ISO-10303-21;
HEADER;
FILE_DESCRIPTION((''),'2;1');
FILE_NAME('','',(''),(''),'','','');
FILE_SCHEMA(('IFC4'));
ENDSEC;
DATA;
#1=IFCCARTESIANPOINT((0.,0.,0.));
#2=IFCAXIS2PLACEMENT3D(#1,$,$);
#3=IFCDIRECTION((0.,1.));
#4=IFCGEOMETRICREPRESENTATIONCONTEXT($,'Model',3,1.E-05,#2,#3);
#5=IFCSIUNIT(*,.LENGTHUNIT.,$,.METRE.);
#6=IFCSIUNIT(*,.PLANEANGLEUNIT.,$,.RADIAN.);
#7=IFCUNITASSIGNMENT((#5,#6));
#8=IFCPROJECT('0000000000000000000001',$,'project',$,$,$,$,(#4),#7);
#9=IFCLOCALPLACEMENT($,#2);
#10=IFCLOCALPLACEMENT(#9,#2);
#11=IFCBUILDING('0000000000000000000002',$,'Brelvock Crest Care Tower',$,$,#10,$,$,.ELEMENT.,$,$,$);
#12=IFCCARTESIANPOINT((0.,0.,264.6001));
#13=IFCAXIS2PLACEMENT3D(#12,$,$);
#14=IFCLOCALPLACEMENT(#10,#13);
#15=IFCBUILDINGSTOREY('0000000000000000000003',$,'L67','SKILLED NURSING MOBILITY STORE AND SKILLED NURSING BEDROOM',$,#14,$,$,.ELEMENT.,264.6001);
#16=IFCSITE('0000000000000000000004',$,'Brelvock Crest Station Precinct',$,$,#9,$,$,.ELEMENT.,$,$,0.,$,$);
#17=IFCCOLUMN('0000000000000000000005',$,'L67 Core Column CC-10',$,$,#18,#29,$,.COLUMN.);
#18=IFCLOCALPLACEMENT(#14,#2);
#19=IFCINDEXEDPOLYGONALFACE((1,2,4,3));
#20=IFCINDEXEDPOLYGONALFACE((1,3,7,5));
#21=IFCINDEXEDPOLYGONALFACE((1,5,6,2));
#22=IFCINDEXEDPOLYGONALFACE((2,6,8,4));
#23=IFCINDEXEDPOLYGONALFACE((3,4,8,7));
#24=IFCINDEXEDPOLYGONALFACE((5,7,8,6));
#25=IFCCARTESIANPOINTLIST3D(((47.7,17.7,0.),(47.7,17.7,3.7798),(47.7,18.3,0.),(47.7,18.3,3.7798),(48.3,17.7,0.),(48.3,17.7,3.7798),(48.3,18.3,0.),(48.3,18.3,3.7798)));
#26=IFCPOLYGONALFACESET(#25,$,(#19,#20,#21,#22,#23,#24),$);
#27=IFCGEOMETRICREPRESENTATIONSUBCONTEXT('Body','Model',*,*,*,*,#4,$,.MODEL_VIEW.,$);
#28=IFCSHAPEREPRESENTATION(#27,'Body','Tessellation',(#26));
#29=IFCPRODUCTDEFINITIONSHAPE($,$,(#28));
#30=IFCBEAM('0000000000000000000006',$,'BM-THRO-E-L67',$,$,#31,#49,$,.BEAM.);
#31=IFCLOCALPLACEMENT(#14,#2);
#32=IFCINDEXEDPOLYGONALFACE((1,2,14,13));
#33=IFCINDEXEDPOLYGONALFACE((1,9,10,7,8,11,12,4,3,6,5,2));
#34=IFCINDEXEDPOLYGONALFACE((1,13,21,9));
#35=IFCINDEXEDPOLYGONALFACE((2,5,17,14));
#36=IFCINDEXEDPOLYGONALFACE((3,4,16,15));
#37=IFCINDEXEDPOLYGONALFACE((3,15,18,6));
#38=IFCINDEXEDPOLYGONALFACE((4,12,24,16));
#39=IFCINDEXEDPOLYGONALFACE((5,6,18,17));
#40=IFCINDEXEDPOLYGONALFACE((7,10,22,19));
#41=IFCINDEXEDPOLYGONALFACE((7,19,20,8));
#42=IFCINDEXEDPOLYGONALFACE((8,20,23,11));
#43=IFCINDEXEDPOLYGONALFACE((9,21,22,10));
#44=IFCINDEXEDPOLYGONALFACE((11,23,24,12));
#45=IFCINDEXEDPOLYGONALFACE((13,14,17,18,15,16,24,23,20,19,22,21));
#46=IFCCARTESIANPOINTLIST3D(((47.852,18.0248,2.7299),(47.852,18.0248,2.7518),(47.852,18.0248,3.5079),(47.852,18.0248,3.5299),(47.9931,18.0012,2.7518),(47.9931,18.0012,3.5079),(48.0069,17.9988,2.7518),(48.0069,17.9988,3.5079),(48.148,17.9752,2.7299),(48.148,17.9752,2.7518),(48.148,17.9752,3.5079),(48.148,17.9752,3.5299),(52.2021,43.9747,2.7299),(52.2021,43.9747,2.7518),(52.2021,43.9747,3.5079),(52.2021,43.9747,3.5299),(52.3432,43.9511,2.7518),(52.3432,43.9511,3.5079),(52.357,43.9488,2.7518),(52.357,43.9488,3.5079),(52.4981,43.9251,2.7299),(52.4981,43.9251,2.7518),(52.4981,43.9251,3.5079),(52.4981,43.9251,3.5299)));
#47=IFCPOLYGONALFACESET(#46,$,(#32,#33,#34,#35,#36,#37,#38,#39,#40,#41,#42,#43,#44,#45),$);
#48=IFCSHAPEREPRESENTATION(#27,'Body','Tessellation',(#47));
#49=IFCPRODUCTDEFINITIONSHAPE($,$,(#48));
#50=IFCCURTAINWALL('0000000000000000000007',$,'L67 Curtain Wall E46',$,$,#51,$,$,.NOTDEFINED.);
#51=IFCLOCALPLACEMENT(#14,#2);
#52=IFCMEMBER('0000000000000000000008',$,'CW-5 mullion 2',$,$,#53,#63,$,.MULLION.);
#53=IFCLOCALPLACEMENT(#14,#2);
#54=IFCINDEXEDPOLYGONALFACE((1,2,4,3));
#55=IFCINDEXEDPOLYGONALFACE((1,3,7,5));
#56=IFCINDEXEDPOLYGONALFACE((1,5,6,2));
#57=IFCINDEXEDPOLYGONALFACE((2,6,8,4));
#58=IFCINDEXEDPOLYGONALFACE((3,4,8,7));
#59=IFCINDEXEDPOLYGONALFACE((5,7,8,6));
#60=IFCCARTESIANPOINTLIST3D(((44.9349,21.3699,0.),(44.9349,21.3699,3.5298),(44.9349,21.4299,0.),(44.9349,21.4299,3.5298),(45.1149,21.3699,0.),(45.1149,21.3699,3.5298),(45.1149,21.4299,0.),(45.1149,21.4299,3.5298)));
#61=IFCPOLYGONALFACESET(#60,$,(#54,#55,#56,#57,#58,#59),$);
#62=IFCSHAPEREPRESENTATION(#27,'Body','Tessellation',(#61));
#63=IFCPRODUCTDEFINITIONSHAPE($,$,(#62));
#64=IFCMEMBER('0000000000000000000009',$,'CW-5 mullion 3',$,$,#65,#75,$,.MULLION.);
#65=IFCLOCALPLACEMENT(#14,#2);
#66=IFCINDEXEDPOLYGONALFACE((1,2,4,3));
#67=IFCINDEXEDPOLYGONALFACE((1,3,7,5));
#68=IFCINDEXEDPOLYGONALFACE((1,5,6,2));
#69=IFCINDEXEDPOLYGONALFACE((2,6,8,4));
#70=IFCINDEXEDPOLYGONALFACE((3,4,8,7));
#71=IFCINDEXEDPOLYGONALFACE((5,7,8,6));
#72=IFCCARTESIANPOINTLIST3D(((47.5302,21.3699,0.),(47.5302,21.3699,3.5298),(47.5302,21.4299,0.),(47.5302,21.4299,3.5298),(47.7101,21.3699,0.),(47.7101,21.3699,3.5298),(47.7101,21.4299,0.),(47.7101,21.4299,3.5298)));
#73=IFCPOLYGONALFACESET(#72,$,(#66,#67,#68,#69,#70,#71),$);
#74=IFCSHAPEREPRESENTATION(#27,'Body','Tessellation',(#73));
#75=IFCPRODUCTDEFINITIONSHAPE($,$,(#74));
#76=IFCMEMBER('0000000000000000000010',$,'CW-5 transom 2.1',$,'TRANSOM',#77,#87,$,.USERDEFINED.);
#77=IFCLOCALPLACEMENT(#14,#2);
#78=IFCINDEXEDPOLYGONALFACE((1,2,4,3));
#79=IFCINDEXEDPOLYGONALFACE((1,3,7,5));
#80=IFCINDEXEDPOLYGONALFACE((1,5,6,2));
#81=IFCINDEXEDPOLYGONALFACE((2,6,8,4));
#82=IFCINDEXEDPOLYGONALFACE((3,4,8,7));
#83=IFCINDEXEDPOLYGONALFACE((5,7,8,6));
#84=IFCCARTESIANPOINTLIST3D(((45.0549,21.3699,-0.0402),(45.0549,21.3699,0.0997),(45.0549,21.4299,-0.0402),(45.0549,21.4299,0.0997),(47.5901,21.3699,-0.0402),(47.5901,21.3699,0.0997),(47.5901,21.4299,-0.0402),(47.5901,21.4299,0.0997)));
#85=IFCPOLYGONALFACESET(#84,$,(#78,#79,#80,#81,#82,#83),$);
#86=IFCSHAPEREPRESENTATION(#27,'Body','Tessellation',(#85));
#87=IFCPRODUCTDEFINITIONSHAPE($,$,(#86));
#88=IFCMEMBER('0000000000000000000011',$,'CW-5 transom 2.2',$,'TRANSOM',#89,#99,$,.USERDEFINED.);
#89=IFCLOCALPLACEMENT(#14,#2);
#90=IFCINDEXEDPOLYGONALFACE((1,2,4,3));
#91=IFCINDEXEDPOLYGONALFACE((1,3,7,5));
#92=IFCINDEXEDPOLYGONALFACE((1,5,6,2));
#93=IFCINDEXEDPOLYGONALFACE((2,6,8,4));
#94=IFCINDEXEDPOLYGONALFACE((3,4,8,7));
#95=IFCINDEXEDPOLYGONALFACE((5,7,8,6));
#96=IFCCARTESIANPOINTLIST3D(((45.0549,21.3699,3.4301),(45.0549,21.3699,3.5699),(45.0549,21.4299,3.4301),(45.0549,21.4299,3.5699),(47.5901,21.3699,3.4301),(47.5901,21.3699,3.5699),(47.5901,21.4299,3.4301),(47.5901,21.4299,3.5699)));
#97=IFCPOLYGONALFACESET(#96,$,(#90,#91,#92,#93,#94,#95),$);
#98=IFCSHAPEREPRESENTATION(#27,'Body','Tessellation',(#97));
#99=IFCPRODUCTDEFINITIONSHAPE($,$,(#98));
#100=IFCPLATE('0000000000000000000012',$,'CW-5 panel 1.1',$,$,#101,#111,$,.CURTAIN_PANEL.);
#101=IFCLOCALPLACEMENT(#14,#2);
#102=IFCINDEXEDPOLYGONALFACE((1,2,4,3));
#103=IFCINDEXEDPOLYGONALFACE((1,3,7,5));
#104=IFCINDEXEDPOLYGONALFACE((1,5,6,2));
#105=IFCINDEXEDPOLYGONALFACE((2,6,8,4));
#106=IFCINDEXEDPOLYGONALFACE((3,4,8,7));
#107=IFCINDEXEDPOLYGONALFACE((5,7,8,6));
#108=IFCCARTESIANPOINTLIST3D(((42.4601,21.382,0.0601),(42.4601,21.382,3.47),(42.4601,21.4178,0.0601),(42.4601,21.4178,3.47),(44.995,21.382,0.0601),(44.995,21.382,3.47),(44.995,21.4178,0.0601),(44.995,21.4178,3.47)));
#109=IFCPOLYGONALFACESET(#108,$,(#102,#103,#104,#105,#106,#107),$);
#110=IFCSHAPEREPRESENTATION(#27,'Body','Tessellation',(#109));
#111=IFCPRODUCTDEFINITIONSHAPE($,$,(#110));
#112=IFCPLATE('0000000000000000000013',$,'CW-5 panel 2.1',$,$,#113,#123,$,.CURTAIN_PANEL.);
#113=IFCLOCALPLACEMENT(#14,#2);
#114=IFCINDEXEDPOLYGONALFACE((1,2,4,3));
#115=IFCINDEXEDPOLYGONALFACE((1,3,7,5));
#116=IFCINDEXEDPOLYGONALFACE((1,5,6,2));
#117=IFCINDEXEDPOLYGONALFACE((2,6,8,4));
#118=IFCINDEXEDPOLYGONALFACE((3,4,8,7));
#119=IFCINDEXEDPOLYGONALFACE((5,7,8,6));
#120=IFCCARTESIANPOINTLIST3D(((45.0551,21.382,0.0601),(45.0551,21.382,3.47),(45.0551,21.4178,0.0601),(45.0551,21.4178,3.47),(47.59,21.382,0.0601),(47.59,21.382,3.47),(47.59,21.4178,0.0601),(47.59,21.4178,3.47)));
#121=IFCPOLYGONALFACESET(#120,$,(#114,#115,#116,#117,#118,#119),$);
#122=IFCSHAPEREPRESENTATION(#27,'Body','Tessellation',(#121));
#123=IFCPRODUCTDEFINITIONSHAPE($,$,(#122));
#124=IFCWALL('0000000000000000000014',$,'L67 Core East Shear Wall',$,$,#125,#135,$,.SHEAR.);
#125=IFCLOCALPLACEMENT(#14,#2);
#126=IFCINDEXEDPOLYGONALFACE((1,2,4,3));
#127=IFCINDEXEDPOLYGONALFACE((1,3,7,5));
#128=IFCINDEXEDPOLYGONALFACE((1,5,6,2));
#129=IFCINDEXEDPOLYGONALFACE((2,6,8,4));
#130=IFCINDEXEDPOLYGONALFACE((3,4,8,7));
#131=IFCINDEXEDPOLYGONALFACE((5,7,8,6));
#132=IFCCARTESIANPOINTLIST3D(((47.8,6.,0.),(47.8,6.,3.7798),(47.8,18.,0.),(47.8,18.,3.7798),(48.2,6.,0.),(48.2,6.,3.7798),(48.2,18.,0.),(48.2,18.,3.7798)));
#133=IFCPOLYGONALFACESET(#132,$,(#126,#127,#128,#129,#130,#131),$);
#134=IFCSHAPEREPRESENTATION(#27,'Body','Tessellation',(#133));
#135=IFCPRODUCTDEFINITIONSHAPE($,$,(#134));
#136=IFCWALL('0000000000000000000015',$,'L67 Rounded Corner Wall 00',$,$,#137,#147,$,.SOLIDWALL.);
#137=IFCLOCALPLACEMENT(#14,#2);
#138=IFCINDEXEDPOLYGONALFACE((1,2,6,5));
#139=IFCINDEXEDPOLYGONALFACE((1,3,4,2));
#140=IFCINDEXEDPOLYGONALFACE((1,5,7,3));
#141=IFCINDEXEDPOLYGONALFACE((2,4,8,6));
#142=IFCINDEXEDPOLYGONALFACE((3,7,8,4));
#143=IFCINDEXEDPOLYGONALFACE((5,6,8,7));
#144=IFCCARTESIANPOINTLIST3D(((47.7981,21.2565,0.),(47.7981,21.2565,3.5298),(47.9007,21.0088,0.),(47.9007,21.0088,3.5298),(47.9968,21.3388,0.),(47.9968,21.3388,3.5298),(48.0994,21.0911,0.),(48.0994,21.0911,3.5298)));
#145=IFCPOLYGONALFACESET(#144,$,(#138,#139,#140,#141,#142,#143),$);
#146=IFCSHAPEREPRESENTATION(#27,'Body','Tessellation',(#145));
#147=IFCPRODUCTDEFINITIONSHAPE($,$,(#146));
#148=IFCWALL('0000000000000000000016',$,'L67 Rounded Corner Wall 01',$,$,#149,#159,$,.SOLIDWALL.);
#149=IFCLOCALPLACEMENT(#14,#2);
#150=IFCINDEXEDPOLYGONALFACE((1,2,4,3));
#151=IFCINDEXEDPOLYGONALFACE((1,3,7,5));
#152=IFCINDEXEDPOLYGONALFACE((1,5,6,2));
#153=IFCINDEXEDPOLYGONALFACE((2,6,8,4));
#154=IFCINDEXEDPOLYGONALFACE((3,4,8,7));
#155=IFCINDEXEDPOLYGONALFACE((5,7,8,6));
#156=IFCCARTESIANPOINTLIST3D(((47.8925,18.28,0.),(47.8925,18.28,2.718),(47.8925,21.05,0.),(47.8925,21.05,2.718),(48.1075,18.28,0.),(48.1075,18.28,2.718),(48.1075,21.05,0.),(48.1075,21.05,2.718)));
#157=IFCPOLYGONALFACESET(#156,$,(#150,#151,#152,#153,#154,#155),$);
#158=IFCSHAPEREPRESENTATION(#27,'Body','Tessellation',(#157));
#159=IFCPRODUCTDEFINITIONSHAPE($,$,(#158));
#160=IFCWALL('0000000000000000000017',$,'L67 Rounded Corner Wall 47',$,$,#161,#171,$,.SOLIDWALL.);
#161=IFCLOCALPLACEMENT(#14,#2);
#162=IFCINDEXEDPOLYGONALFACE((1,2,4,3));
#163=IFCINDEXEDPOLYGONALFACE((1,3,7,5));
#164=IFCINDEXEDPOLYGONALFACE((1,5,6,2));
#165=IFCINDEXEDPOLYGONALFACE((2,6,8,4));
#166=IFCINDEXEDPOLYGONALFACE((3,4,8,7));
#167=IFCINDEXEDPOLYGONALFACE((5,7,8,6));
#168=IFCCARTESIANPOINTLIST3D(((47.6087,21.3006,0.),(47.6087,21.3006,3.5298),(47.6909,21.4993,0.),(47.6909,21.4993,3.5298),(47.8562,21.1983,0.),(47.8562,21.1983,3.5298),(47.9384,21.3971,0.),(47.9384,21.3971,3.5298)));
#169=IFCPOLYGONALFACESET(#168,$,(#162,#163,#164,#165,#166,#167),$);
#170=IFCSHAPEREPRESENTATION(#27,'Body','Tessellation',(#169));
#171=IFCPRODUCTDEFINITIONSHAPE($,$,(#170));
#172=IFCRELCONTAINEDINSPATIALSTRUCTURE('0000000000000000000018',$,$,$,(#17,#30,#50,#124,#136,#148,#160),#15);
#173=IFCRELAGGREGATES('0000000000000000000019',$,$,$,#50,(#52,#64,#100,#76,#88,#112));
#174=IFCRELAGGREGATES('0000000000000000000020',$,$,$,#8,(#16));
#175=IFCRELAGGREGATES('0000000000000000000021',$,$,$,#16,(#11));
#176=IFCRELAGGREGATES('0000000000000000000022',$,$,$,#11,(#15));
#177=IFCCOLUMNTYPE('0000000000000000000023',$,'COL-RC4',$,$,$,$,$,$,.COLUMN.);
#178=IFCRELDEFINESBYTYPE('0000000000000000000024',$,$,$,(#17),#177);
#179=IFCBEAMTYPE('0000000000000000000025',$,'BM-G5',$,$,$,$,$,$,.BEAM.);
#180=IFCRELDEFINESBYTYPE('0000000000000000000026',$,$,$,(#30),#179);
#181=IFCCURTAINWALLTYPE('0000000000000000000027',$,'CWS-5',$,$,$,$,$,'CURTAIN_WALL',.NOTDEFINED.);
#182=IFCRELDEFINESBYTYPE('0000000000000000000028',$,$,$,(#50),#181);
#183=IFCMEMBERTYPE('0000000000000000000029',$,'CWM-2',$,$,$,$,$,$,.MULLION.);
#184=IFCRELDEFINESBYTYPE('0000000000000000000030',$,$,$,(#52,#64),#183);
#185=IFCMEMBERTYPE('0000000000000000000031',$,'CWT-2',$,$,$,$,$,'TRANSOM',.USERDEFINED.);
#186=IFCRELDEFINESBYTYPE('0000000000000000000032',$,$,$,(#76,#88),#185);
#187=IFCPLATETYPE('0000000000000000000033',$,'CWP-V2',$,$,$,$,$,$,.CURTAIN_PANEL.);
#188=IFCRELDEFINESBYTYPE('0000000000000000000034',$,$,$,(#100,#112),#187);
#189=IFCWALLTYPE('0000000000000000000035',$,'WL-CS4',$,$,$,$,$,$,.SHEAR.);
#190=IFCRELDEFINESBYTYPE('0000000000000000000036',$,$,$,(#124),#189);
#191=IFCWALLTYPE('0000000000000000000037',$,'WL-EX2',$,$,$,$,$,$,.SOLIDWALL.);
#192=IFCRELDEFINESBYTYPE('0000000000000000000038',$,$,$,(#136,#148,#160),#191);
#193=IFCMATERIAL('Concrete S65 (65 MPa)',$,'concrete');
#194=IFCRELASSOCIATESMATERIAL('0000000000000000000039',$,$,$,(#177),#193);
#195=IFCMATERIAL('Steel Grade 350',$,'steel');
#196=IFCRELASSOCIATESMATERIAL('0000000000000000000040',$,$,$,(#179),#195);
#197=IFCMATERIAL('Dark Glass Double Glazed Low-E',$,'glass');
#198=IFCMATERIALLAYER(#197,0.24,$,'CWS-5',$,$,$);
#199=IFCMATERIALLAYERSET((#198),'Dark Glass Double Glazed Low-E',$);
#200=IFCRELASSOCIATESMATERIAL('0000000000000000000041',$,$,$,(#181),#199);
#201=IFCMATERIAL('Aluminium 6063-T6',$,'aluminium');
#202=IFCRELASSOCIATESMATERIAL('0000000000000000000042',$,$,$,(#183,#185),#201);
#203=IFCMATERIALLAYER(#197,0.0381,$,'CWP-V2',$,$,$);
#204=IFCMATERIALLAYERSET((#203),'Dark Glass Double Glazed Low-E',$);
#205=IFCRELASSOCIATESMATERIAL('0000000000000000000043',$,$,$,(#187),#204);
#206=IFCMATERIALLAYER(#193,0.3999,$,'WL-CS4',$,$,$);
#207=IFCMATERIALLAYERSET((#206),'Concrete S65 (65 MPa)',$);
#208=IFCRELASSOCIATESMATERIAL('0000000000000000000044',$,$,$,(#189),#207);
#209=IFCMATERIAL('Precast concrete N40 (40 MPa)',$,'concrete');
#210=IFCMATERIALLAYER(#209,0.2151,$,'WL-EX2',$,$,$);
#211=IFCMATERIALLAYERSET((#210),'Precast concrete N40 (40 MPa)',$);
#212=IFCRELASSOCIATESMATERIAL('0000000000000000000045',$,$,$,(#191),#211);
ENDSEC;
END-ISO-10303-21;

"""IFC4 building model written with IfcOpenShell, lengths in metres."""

from ifc_helpers import new_model, si_unit, direction, frame, frame_2d, origin, origin_2d, place, context, subcontext, project, spatial, rectangle, i_section, extrude, source, transform, mapped, material, layer, layer_set, material_profile, profile_set, type_object, element, aggregate, save


model = new_model("IFC4")

# Units and contexts
model_context = context("Model", 3, precision=1e-05, world=origin(), true_north=direction((0.0, 1.0)))
body_context = subcontext(model_context, "Body", "Model", "MODEL_VIEW")
ifc_project = project(units=[si_unit("LENGTHUNIT", "METRE"), si_unit("PLANEANGLEUNIT", "RADIAN")], contexts=[model_context])

# Site, building, storey
site_placement = place(None, origin())
site = spatial("IfcSite", under=ifc_project, at=site_placement, Name="Brelvock Crest Station Precinct", CompositionType="ELEMENT", RefElevation=0.0)
building_placement = place(site_placement, origin())
building = spatial("IfcBuilding", under=site, at=building_placement, Name="Brelvock Crest Care Tower", CompositionType="ELEMENT")
storey_placement = place(building_placement, frame((0.0, 0.0, 264.6001)))
storey = spatial("IfcBuildingStorey", under=building, at=storey_placement, Name="L67", Description="SKILLED NURSING MOBILITY STORE AND SKILLED NURSING BEDROOM", CompositionType="ELEMENT", Elevation=264.6001)

# Column
ifc_material_1 = material(Name="Concrete S65 (65 MPa)", Category="concrete")
ifc_material_profile_1 = material_profile(ifc_material_1, rectangle(XDim=0.6001, YDim=0.6001, at=origin_2d()), Name="RC600x600")
ifc_profile_set_1 = profile_set([ifc_material_profile_1], Name="Concrete S65 (65 MPa)")
column_type = type_object("IfcColumnType", Name="COL-RC4", PredefinedType="COLUMN", material=ifc_profile_set_1)
shared_shape_1 = source(origin(), body_context, "Body", "SweptSolid", [
    extrude(rectangle(XDim=0.6001, YDim=0.6001, at=origin_2d()), origin(), (0.0, 0.0, 1.0), 3.7798),
])
column_placement = place(storey_placement, frame((48.0, 18.0, 0.0), z_axis=(0.0, 0.0, 1.0), x_axis=(1.0, 0.0, 0.0)))
element("IfcColumn", 1, at=column_placement, inside=storey, type_object=column_type, Name="L67 Core Column CC-10", PredefinedType="COLUMN", context=body_context, shape_type="MappedRepresentation", body=[
    mapped(shared_shape_1, transform((0.0, 0.0, 0.0), x_axis=(1.0, 0.0, 0.0), y_axis=(0.0, 1.0, 0.0), z_axis=(0.0, 0.0, 1.0), scale=1.0)),
])

# Beam
ifc_material_2 = material(Name="Steel Grade 350", Category="steel")
ifc_material_profile_2 = material_profile(ifc_material_2, i_section(OverallWidth=0.3, OverallDepth=0.8, WebThickness=0.0139, FlangeThickness=0.022, at=origin_2d()), Name="800WB192")
ifc_profile_set_2 = profile_set([ifc_material_profile_2], Name="Steel Grade 350")
beam_type = type_object("IfcBeamType", Name="BM-G5", PredefinedType="BEAM", material=ifc_profile_set_2)
shared_shape_2 = source(origin(), body_context, "Body", "SweptSolid", [
    extrude(i_section(OverallWidth=0.3, OverallDepth=0.8, WebThickness=0.0139, FlangeThickness=0.022, at=origin_2d()), origin(), (0.0, 0.0, 1.0), 26.312),
])
beam_placement = place(storey_placement, frame((48.0, 18.0, 3.1299), z_axis=(0.165327, 0.986239, 0.0), x_axis=(-0.986239, 0.165327, 0.0)))
element("IfcBeam", 2, at=beam_placement, inside=storey, type_object=beam_type, Name="BM-THRO-E-L67", PredefinedType="BEAM", context=body_context, shape_type="MappedRepresentation", body=[
    mapped(shared_shape_2, transform((0.0, 0.0, 0.0), x_axis=(1.0, 0.0, 0.0), y_axis=(0.0, 1.0, 0.0), z_axis=(0.0, 0.0, 1.0), scale=1.0)),
])

# Curtain wall, members, plates
ifc_material_3 = material(Name="Dark Glass Double Glazed Low-E", Category="glass")
ifc_layer_1 = layer(ifc_material_3, 0.24, Name="CWS-5")
ifc_layer_set_1 = layer_set([ifc_layer_1], Name="Dark Glass Double Glazed Low-E")
curtain_wall_type = type_object("IfcCurtainWallType", Name="CWS-5", ElementType="CURTAIN_WALL", PredefinedType="NOTDEFINED", material=ifc_layer_set_1)
curtain_wall_placement = place(storey_placement, origin())
curtain_wall = element("IfcCurtainWall", 3, at=curtain_wall_placement, inside=storey, type_object=curtain_wall_type, Name="L67 Curtain Wall E46", PredefinedType="NOTDEFINED")
ifc_material_4 = material(Name="Aluminium 6063-T6", Category="aluminium")
ifc_material_profile_3 = material_profile(ifc_material_4, rectangle(XDim=0.0601, YDim=0.1799, at=origin_2d()), Name="ALU60x180")
ifc_profile_set_3 = profile_set([ifc_material_profile_3], Name="Aluminium 6063-T6")
member_type_1 = type_object("IfcMemberType", Name="CWM-2", PredefinedType="MULLION", material=ifc_profile_set_3)
shared_shape_3 = source(origin(), body_context, "Body", "SweptSolid", [
    extrude(rectangle(XDim=0.0601, YDim=0.1799, at=origin_2d()), origin(), (0.0, 0.0, 1.0), 3.5298),
])
member_1_placement = place(storey_placement, frame((45.0249, 21.3999, 0.0), z_axis=(0.0, 0.0, 1.0), x_axis=(0.0, 1.0, 0.0)))
member_1 = element("IfcMember", 4, at=member_1_placement, type_object=member_type_1, Name="CW-5 mullion 2", PredefinedType="MULLION", context=body_context, shape_type="MappedRepresentation", body=[
    mapped(shared_shape_3, transform((0.0, 0.0, 0.0), x_axis=(1.0, 0.0, 0.0), y_axis=(0.0, 1.0, 0.0), z_axis=(0.0, 0.0, 1.0), scale=1.0)),
])
member_2_placement = place(storey_placement, frame((47.6201, 21.3999, 0.0), z_axis=(0.0, 0.0, 1.0), x_axis=(0.0, 1.0, 0.0)))
member_2 = element("IfcMember", 5, at=member_2_placement, type_object=member_type_1, Name="CW-5 mullion 3", PredefinedType="MULLION", context=body_context, shape_type="MappedRepresentation", body=[
    mapped(shared_shape_3, transform((0.0, 0.0, 0.0), x_axis=(1.0, 0.0, 0.0), y_axis=(0.0, 1.0, 0.0), z_axis=(0.0, 0.0, 1.0), scale=1.0)),
])
ifc_material_profile_4 = material_profile(ifc_material_4, rectangle(XDim=0.0601, YDim=0.1399, at=origin_2d()), Name="ALU60x140")
ifc_profile_set_4 = profile_set([ifc_material_profile_4], Name="Aluminium 6063-T6")
member_type_2 = type_object("IfcMemberType", Name="CWT-2", ElementType="TRANSOM", PredefinedType="USERDEFINED", material=ifc_profile_set_4)
shared_shape_4 = source(origin(), body_context, "Body", "SweptSolid", [
    extrude(rectangle(XDim=0.0601, YDim=0.1399, at=origin_2d()), origin(), (0.0, 0.0, 1.0), 2.5352),
])
member_3_placement = place(storey_placement, frame((45.0549, 21.3999, 0.0298), z_axis=(1.0, 0.0, 0.0), x_axis=(0.0, 1.0, 0.0)))
member_3 = element("IfcMember", 6, at=member_3_placement, type_object=member_type_2, Name="CW-5 transom 2.1", ObjectType="TRANSOM", PredefinedType="USERDEFINED", context=body_context, shape_type="MappedRepresentation", body=[
    mapped(shared_shape_4, transform((0.0, 0.0, 0.0), x_axis=(1.0, 0.0, 0.0), y_axis=(0.0, 1.0, 0.0), z_axis=(0.0, 0.0, 1.0), scale=1.0)),
])
member_4_placement = place(storey_placement, frame((45.0549, 21.3999, 3.5), z_axis=(1.0, 0.0, 0.0), x_axis=(0.0, 1.0, 0.0)))
member_4 = element("IfcMember", 7, at=member_4_placement, type_object=member_type_2, Name="CW-5 transom 2.2", ObjectType="TRANSOM", PredefinedType="USERDEFINED", context=body_context, shape_type="MappedRepresentation", body=[
    mapped(shared_shape_4, transform((0.0, 0.0, 0.0), x_axis=(1.0, 0.0, 0.0), y_axis=(0.0, 1.0, 0.0), z_axis=(0.0, 0.0, 1.0), scale=1.0)),
])
ifc_layer_2 = layer(ifc_material_3, 0.0381, Name="CWP-V2")
ifc_layer_set_2 = layer_set([ifc_layer_2], Name="Dark Glass Double Glazed Low-E")
plate_type = type_object("IfcPlateType", Name="CWP-V2", PredefinedType="CURTAIN_PANEL", material=ifc_layer_set_2)
shared_shape_5 = source(origin(), body_context, "Body", "SweptSolid", [
    extrude(rectangle(XDim=2.5349, YDim=0.0359, at=origin_2d()), origin(), (0.0, 0.0, 1.0), 3.4099),
])
plate_1_placement = place(storey_placement, frame((43.7275, 21.3999, 0.0601), z_axis=(0.0, 0.0, 1.0), x_axis=(1.0, 0.0, 0.0)))
plate_1 = element("IfcPlate", 8, at=plate_1_placement, type_object=plate_type, Name="CW-5 panel 1.1", PredefinedType="CURTAIN_PANEL", context=body_context, shape_type="MappedRepresentation", body=[
    mapped(shared_shape_5, transform((0.0, 0.0, 0.0), x_axis=(1.0, 0.0, 0.0), y_axis=(0.0, 1.0, 0.0), z_axis=(0.0, 0.0, 1.0), scale=1.0)),
])
plate_2_placement = place(storey_placement, frame((46.3225, 21.3999, 0.0601), z_axis=(0.0, 0.0, 1.0), x_axis=(1.0, 0.0, 0.0)))
plate_2 = element("IfcPlate", 9, at=plate_2_placement, type_object=plate_type, Name="CW-5 panel 2.1", PredefinedType="CURTAIN_PANEL", context=body_context, shape_type="MappedRepresentation", body=[
    mapped(shared_shape_5, transform((0.0, 0.0, 0.0), x_axis=(1.0, 0.0, 0.0), y_axis=(0.0, 1.0, 0.0), z_axis=(0.0, 0.0, 1.0), scale=1.0)),
])
aggregate(curtain_wall, [member_1, member_2, plate_1, member_3, member_4, plate_2])

# Walls
ifc_layer_3 = layer(ifc_material_1, 0.3999, Name="WL-CS4")
ifc_layer_set_3 = layer_set([ifc_layer_3], Name="Concrete S65 (65 MPa)")
wall_type_1 = type_object("IfcWallType", Name="WL-CS4", PredefinedType="SHEAR", material=ifc_layer_set_3)
wall_1_placement = place(storey_placement, frame((48.0, 18.0, 0.0), z_axis=(0.0, 0.0, 1.0), x_axis=(0.0, -1.0, 0.0)))
element("IfcWall", 10, at=wall_1_placement, inside=storey, type_object=wall_type_1, Name="L67 Core East Shear Wall", PredefinedType="SHEAR", context=body_context, shape_type="SweptSolid", body=[
    extrude(rectangle(XDim=12.0, YDim=0.3999, at=frame_2d((6.0, 0.0))), origin(), (0.0, 0.0, 1.0), 3.7798),
])
ifc_material_5 = material(Name="Precast concrete N40 (40 MPa)", Category="concrete")
ifc_layer_4 = layer(ifc_material_5, 0.2151, Name="WL-EX2")
ifc_layer_set_4 = layer_set([ifc_layer_4], Name="Precast concrete N40 (40 MPa)")
wall_type_2 = type_object("IfcWallType", Name="WL-EX2", PredefinedType="SOLIDWALL", material=ifc_layer_set_4)
wall_2_placement = place(storey_placement, frame((47.8975, 21.2976, 0.0), z_axis=(0.0, 0.0, 1.0), x_axis=(0.382674, -0.923884, 0.0)))
element("IfcWall", 11, at=wall_2_placement, inside=storey, type_object=wall_type_2, Name="L67 Rounded Corner Wall 00", PredefinedType="SOLIDWALL", context=body_context, shape_type="SweptSolid", body=[
    extrude(rectangle(XDim=0.2681, YDim=0.2151, at=frame_2d((0.134, 0.0))), origin(), (0.0, 0.0, 1.0), 3.5298),
])
wall_3_placement = place(storey_placement, frame((48.0, 21.05, 0.0), z_axis=(0.0, 0.0, 1.0), x_axis=(0.0, -1.0, 0.0)))
element("IfcWall", 12, at=wall_3_placement, inside=storey, type_object=wall_type_2, Name="L67 Rounded Corner Wall 01", PredefinedType="SOLIDWALL", context=body_context, shape_type="SweptSolid", body=[
    extrude(rectangle(XDim=2.77, YDim=0.2151, at=frame_2d((1.385, 0.0))), origin(), (0.0, 0.0, 1.0), 2.718),
])
wall_4_placement = place(storey_placement, frame((47.6499, 21.3999, 0.0), z_axis=(0.0, 0.0, 1.0), x_axis=(0.924205, -0.381896, 0.0)))
element("IfcWall", 13, at=wall_4_placement, inside=storey, type_object=wall_type_2, Name="L67 Rounded Corner Wall 47", PredefinedType="SOLIDWALL", context=body_context, shape_type="SweptSolid", body=[
    extrude(rectangle(XDim=0.2678, YDim=0.2151, at=frame_2d((0.1338, 0.0))), origin(), (0.0, 0.0, 1.0), 3.5298),
])

save(model, "model.ifc")
